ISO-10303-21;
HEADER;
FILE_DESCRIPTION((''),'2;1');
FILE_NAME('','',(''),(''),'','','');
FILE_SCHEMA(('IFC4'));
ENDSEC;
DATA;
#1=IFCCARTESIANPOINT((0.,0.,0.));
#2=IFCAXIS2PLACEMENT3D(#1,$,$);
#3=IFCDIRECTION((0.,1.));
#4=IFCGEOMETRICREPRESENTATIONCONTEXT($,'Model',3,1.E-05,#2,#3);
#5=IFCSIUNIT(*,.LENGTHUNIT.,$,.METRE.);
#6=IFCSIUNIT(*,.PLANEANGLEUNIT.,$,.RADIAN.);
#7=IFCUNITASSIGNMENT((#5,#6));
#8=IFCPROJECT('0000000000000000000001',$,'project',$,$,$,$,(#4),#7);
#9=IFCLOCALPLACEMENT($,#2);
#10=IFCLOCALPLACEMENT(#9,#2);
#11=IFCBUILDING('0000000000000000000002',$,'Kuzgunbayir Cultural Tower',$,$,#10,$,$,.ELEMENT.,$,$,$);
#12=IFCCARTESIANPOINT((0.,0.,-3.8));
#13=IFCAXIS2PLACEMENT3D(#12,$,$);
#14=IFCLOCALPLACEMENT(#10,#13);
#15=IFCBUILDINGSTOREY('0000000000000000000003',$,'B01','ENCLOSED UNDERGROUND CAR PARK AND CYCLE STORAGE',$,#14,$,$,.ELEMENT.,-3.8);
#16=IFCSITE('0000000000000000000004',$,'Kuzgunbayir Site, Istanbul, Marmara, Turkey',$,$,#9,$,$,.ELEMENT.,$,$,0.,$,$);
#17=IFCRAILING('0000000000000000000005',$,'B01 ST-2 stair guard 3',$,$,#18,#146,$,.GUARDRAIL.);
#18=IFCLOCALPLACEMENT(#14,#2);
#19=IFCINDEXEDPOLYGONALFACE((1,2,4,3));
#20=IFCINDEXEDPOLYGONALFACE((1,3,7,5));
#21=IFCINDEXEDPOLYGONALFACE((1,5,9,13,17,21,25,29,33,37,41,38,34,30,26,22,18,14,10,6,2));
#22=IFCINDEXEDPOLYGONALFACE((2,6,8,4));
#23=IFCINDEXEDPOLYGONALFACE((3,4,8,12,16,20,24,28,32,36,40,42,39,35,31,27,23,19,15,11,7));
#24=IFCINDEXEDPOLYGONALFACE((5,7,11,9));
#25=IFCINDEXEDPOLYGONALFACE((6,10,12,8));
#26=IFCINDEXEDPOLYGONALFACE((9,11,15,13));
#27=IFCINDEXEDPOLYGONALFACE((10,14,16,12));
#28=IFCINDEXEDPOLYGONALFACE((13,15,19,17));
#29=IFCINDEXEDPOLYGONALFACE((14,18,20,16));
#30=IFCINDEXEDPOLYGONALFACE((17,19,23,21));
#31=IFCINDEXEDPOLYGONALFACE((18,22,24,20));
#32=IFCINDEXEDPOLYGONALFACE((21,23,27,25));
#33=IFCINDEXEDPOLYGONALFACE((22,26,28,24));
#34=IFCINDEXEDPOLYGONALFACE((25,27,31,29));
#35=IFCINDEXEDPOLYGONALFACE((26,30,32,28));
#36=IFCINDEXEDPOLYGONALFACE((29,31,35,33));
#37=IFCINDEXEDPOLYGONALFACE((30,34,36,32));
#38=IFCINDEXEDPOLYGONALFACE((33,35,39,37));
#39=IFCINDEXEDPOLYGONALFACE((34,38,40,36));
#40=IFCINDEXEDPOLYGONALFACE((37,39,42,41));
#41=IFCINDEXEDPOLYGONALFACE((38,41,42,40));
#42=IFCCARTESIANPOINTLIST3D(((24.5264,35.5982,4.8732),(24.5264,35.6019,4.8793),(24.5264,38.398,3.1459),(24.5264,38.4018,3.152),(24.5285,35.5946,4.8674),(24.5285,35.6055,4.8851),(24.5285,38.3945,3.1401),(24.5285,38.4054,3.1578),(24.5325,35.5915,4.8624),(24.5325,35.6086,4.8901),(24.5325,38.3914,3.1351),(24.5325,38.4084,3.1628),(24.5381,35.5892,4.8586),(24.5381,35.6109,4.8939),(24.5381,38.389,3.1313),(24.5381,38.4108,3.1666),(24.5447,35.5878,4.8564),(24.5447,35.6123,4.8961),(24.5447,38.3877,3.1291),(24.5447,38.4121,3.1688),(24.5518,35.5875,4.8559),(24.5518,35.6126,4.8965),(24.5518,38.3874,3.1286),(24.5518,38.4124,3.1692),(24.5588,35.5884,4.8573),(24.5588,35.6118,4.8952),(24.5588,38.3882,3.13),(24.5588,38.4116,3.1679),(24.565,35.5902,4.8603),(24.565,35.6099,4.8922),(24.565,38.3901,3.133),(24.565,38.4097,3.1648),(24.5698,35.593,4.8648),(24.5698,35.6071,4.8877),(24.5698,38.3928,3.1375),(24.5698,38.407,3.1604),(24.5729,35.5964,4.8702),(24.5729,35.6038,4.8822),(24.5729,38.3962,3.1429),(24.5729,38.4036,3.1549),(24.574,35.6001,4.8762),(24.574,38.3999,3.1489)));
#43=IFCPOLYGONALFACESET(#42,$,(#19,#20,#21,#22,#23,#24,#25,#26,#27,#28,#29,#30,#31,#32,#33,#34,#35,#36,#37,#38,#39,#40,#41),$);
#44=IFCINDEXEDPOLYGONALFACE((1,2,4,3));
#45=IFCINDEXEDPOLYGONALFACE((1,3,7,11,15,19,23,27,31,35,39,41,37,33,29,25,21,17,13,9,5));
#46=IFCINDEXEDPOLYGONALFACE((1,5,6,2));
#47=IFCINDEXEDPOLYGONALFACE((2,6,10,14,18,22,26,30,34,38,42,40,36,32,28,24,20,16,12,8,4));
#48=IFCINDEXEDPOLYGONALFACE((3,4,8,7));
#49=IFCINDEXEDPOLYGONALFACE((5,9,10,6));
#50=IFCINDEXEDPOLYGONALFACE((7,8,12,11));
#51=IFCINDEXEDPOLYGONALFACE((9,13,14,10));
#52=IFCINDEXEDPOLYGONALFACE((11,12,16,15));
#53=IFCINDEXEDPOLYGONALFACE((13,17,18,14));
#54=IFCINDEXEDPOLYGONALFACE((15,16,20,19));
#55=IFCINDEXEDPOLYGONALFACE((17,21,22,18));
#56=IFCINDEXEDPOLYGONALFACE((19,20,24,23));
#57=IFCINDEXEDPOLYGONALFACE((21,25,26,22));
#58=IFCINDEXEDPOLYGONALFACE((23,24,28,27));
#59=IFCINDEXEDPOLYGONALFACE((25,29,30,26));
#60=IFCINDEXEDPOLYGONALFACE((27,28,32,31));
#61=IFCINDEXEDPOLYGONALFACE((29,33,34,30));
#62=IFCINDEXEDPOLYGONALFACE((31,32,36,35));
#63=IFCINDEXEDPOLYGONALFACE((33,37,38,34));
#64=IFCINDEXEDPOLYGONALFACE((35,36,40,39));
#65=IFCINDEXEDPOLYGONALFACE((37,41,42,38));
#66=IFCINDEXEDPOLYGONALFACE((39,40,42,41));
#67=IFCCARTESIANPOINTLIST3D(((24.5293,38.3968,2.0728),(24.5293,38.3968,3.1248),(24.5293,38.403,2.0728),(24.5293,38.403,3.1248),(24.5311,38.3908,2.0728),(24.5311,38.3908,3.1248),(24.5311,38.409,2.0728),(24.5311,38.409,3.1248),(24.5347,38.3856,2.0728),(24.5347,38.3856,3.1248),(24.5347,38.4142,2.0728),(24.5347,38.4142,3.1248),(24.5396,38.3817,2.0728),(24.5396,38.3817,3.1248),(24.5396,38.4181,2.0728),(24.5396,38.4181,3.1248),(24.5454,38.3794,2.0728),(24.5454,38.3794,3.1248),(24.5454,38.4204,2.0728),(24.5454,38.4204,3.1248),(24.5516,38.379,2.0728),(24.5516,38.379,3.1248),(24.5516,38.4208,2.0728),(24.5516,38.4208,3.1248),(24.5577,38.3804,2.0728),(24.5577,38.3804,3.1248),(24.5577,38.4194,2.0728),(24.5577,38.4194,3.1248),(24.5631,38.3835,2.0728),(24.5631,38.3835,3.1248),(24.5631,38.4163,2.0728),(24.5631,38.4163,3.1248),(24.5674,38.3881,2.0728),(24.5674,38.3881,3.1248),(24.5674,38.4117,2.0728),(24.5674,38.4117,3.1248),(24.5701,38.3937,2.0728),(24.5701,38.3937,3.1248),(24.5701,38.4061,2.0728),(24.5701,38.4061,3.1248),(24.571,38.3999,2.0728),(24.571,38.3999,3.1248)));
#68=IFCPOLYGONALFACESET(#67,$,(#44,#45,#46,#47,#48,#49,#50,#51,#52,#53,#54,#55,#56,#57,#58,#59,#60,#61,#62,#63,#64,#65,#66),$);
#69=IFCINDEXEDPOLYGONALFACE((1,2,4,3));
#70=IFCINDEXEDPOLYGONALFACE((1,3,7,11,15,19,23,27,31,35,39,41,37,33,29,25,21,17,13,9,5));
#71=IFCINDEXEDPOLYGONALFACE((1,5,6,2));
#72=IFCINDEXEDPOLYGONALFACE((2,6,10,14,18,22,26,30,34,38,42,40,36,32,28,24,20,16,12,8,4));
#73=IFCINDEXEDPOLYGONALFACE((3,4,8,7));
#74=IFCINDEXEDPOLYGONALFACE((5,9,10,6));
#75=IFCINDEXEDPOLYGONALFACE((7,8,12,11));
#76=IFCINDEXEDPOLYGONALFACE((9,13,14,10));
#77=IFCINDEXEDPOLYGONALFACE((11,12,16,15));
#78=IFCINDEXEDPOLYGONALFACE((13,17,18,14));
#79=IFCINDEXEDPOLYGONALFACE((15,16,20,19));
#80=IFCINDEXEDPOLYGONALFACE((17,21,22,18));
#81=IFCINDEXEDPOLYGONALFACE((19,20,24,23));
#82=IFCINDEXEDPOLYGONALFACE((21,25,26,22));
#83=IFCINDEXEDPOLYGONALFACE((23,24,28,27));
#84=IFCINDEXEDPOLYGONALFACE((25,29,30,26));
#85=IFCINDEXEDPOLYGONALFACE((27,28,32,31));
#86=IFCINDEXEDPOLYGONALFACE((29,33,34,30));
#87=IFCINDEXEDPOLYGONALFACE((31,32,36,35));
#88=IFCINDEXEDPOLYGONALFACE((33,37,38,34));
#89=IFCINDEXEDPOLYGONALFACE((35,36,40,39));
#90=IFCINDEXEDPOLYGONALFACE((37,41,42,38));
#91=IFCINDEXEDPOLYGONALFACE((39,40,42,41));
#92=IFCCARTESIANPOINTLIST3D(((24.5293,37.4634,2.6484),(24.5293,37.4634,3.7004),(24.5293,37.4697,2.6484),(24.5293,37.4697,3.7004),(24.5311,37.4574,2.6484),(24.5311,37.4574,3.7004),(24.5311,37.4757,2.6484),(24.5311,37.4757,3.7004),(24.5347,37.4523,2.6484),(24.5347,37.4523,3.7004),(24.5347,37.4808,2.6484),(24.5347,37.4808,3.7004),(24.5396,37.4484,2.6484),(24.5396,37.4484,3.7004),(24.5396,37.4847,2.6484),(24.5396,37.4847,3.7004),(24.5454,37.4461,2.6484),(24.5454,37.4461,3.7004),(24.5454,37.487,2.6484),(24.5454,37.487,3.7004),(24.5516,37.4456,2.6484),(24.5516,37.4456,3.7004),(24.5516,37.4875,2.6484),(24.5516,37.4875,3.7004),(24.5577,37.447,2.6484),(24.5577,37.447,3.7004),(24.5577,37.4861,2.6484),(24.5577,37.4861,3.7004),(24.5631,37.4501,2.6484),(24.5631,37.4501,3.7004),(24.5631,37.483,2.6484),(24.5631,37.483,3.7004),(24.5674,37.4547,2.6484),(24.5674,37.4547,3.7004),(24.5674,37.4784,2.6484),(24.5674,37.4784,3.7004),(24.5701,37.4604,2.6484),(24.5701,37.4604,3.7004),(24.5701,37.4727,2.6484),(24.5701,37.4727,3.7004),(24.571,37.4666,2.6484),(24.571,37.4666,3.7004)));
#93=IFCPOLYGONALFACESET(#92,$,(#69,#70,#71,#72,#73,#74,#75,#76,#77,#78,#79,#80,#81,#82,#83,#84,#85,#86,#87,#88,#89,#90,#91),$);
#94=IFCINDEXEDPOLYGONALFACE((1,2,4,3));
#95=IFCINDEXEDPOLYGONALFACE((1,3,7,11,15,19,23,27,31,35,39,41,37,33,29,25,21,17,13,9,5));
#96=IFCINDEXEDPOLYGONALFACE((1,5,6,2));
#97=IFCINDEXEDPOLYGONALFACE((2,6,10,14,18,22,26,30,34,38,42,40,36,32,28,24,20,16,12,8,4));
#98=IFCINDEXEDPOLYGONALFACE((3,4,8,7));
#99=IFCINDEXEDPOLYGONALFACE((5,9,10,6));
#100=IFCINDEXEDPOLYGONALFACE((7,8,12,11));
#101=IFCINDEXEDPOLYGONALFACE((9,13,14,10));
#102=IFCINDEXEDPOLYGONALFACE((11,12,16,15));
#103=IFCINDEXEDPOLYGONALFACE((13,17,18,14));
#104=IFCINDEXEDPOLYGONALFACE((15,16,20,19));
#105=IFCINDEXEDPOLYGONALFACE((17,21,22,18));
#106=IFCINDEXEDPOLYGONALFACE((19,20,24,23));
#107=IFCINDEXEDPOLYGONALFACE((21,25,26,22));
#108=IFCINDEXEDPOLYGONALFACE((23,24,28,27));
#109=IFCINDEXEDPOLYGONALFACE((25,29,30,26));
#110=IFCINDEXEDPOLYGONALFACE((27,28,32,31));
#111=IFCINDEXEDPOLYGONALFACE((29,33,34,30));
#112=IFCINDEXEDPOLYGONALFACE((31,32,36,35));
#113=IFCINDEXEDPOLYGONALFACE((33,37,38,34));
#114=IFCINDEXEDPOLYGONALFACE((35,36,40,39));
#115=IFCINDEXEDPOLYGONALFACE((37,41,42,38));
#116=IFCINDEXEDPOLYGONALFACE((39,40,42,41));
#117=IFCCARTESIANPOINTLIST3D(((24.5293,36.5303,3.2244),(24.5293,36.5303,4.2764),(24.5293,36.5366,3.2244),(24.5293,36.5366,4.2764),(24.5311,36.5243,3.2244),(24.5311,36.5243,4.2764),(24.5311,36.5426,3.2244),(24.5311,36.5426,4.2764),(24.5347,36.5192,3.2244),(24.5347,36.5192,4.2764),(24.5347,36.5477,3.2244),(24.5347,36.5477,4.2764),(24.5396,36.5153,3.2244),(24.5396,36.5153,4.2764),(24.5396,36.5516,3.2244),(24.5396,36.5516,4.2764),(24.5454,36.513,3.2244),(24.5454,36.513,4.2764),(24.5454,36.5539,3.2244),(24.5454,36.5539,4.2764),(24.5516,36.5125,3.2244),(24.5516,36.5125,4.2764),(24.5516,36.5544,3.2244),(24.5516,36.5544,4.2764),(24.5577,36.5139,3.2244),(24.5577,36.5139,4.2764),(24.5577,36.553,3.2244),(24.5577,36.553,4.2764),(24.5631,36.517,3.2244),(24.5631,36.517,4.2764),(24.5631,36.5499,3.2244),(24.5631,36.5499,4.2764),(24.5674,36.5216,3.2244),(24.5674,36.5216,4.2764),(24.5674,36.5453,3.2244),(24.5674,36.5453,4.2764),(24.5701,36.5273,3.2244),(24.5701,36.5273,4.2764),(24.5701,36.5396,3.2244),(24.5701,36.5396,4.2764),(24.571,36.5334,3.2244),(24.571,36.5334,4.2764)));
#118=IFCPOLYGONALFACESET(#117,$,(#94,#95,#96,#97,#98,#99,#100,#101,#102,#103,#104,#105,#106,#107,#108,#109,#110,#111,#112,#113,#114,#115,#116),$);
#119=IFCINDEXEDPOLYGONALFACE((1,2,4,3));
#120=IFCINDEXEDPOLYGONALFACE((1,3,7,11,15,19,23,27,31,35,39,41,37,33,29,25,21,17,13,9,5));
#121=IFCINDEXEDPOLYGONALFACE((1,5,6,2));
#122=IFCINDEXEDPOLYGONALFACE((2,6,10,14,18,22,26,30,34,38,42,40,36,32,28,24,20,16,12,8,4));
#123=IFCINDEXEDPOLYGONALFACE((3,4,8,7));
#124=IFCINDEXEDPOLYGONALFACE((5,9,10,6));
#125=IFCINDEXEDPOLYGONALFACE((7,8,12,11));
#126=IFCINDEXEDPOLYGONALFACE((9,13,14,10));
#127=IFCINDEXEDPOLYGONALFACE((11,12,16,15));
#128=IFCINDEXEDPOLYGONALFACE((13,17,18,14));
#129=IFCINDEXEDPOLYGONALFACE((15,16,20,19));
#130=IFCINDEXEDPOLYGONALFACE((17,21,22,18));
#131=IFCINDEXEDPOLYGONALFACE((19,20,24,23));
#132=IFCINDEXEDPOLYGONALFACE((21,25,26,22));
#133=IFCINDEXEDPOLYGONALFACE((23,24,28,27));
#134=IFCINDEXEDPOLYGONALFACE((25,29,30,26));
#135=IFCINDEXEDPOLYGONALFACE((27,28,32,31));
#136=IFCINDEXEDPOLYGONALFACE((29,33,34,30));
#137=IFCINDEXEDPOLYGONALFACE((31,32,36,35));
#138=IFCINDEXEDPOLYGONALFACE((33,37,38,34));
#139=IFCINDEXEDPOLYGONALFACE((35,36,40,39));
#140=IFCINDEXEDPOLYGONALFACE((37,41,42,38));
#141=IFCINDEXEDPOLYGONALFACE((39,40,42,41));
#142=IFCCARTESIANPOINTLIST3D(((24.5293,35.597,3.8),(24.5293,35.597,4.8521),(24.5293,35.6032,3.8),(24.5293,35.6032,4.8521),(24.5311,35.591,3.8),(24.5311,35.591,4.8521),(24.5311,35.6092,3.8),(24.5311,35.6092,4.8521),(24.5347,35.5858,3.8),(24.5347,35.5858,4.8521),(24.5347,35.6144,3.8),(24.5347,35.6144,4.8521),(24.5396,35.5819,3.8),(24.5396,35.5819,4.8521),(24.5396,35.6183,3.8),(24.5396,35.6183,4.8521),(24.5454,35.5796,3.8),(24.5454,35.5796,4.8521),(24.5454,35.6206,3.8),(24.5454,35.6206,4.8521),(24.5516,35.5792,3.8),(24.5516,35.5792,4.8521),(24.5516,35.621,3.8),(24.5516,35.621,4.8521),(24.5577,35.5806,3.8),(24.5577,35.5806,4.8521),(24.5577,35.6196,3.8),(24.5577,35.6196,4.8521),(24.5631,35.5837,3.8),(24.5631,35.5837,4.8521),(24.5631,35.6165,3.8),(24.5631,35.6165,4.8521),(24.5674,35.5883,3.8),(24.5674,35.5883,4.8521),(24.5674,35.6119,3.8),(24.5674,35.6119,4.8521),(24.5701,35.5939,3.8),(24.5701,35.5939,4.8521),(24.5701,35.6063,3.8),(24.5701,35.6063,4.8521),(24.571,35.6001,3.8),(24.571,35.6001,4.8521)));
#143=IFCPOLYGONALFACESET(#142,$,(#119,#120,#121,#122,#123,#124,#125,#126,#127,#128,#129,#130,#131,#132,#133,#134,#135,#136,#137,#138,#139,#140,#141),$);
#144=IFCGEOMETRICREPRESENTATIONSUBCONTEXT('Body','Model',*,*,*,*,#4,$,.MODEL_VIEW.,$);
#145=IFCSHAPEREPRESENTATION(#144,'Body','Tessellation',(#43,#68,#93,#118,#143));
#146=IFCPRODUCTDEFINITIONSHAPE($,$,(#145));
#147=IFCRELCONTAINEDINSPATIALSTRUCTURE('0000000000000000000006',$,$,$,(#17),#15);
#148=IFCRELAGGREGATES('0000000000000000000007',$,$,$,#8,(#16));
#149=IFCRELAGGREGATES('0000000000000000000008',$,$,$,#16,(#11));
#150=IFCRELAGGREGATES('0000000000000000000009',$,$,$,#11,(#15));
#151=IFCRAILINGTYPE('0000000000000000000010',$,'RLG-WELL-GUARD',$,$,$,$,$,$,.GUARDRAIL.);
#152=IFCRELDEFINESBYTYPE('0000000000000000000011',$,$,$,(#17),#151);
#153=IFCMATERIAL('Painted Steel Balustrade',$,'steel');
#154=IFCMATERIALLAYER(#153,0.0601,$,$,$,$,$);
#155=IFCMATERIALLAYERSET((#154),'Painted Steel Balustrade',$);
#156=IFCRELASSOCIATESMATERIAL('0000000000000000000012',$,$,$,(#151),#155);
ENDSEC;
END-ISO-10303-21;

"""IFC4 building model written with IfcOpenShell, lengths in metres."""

from ifc_helpers import new_model, si_unit, direction, frame, origin, origin_2d, place, context, subcontext, project, spatial, circle, extrude, material, layer, layer_set, type_object, element, save


model = new_model("IFC4")

# Units and contexts
model_context = context("Model", 3, precision=1e-05, world=origin(), true_north=direction((0.0, 1.0)))
body_context = subcontext(model_context, "Body", "Model", "MODEL_VIEW")
ifc_project = project(units=[si_unit("LENGTHUNIT", "METRE"), si_unit("PLANEANGLEUNIT", "RADIAN")], contexts=[model_context])

# Site, building, storey
site_placement = place(None, origin())
site = spatial("IfcSite", under=ifc_project, at=site_placement, Name="Kuzgunbayir Site, Istanbul, Marmara, Turkey", CompositionType="ELEMENT", RefElevation=0.0)
building_placement = place(site_placement, origin())
building = spatial("IfcBuilding", under=site, at=building_placement, Name="Kuzgunbayir Cultural Tower", CompositionType="ELEMENT")
storey_placement = place(building_placement, frame((0.0, 0.0, -3.8)))
storey = spatial("IfcBuildingStorey", under=building, at=storey_placement, Name="B01", Description="ENCLOSED UNDERGROUND CAR PARK AND CYCLE STORAGE", CompositionType="ELEMENT", Elevation=-3.8)

# Railing
ifc_material_1 = material(Name="Painted Steel Balustrade", Category="steel")
ifc_layer_1 = layer(ifc_material_1, 0.0601)
ifc_layer_set_1 = layer_set([ifc_layer_1], Name="Painted Steel Balustrade")
railing_type_1 = type_object("IfcRailingType", Name="RLG-WELL-GUARD", PredefinedType="GUARDRAIL", material=ifc_layer_set_1)
railing_1_placement = place(storey_placement, frame((24.55, 38.3999, 2.0728)))
element("IfcRailing", 1, at=railing_1_placement, inside=storey, type_object=railing_type_1, Name="B01 ST-2 stair guard 3", PredefinedType="GUARDRAIL", context=body_context, shape_type="SweptSolid", body=[
    extrude(circle(Radius=0.0239, at=origin_2d()), frame((0.0, 0.0, 1.0762), z_axis=(0.0, -0.851069, 0.525054), x_axis=(1.0, 0.0, 0.0)), (0.0, 0.0, 1.0), 3.2898),
    extrude(circle(Radius=0.021, at=origin_2d()), origin(), (0.0, 0.0, 1.0), 1.052),
    extrude(circle(Radius=0.021, at=origin_2d()), frame((0.0, -0.9333, 0.5757)), (0.0, 0.0, 1.0), 1.052),
    extrude(circle(Radius=0.021, at=origin_2d()), frame((0.0, -1.8665, 1.1516)), (0.0, 0.0, 1.0), 1.052),
    extrude(circle(Radius=0.021, at=origin_2d()), frame((0.0, -2.7998, 1.7273)), (0.0, 0.0, 1.0), 1.052),
])

save(model, "model.ifc")
